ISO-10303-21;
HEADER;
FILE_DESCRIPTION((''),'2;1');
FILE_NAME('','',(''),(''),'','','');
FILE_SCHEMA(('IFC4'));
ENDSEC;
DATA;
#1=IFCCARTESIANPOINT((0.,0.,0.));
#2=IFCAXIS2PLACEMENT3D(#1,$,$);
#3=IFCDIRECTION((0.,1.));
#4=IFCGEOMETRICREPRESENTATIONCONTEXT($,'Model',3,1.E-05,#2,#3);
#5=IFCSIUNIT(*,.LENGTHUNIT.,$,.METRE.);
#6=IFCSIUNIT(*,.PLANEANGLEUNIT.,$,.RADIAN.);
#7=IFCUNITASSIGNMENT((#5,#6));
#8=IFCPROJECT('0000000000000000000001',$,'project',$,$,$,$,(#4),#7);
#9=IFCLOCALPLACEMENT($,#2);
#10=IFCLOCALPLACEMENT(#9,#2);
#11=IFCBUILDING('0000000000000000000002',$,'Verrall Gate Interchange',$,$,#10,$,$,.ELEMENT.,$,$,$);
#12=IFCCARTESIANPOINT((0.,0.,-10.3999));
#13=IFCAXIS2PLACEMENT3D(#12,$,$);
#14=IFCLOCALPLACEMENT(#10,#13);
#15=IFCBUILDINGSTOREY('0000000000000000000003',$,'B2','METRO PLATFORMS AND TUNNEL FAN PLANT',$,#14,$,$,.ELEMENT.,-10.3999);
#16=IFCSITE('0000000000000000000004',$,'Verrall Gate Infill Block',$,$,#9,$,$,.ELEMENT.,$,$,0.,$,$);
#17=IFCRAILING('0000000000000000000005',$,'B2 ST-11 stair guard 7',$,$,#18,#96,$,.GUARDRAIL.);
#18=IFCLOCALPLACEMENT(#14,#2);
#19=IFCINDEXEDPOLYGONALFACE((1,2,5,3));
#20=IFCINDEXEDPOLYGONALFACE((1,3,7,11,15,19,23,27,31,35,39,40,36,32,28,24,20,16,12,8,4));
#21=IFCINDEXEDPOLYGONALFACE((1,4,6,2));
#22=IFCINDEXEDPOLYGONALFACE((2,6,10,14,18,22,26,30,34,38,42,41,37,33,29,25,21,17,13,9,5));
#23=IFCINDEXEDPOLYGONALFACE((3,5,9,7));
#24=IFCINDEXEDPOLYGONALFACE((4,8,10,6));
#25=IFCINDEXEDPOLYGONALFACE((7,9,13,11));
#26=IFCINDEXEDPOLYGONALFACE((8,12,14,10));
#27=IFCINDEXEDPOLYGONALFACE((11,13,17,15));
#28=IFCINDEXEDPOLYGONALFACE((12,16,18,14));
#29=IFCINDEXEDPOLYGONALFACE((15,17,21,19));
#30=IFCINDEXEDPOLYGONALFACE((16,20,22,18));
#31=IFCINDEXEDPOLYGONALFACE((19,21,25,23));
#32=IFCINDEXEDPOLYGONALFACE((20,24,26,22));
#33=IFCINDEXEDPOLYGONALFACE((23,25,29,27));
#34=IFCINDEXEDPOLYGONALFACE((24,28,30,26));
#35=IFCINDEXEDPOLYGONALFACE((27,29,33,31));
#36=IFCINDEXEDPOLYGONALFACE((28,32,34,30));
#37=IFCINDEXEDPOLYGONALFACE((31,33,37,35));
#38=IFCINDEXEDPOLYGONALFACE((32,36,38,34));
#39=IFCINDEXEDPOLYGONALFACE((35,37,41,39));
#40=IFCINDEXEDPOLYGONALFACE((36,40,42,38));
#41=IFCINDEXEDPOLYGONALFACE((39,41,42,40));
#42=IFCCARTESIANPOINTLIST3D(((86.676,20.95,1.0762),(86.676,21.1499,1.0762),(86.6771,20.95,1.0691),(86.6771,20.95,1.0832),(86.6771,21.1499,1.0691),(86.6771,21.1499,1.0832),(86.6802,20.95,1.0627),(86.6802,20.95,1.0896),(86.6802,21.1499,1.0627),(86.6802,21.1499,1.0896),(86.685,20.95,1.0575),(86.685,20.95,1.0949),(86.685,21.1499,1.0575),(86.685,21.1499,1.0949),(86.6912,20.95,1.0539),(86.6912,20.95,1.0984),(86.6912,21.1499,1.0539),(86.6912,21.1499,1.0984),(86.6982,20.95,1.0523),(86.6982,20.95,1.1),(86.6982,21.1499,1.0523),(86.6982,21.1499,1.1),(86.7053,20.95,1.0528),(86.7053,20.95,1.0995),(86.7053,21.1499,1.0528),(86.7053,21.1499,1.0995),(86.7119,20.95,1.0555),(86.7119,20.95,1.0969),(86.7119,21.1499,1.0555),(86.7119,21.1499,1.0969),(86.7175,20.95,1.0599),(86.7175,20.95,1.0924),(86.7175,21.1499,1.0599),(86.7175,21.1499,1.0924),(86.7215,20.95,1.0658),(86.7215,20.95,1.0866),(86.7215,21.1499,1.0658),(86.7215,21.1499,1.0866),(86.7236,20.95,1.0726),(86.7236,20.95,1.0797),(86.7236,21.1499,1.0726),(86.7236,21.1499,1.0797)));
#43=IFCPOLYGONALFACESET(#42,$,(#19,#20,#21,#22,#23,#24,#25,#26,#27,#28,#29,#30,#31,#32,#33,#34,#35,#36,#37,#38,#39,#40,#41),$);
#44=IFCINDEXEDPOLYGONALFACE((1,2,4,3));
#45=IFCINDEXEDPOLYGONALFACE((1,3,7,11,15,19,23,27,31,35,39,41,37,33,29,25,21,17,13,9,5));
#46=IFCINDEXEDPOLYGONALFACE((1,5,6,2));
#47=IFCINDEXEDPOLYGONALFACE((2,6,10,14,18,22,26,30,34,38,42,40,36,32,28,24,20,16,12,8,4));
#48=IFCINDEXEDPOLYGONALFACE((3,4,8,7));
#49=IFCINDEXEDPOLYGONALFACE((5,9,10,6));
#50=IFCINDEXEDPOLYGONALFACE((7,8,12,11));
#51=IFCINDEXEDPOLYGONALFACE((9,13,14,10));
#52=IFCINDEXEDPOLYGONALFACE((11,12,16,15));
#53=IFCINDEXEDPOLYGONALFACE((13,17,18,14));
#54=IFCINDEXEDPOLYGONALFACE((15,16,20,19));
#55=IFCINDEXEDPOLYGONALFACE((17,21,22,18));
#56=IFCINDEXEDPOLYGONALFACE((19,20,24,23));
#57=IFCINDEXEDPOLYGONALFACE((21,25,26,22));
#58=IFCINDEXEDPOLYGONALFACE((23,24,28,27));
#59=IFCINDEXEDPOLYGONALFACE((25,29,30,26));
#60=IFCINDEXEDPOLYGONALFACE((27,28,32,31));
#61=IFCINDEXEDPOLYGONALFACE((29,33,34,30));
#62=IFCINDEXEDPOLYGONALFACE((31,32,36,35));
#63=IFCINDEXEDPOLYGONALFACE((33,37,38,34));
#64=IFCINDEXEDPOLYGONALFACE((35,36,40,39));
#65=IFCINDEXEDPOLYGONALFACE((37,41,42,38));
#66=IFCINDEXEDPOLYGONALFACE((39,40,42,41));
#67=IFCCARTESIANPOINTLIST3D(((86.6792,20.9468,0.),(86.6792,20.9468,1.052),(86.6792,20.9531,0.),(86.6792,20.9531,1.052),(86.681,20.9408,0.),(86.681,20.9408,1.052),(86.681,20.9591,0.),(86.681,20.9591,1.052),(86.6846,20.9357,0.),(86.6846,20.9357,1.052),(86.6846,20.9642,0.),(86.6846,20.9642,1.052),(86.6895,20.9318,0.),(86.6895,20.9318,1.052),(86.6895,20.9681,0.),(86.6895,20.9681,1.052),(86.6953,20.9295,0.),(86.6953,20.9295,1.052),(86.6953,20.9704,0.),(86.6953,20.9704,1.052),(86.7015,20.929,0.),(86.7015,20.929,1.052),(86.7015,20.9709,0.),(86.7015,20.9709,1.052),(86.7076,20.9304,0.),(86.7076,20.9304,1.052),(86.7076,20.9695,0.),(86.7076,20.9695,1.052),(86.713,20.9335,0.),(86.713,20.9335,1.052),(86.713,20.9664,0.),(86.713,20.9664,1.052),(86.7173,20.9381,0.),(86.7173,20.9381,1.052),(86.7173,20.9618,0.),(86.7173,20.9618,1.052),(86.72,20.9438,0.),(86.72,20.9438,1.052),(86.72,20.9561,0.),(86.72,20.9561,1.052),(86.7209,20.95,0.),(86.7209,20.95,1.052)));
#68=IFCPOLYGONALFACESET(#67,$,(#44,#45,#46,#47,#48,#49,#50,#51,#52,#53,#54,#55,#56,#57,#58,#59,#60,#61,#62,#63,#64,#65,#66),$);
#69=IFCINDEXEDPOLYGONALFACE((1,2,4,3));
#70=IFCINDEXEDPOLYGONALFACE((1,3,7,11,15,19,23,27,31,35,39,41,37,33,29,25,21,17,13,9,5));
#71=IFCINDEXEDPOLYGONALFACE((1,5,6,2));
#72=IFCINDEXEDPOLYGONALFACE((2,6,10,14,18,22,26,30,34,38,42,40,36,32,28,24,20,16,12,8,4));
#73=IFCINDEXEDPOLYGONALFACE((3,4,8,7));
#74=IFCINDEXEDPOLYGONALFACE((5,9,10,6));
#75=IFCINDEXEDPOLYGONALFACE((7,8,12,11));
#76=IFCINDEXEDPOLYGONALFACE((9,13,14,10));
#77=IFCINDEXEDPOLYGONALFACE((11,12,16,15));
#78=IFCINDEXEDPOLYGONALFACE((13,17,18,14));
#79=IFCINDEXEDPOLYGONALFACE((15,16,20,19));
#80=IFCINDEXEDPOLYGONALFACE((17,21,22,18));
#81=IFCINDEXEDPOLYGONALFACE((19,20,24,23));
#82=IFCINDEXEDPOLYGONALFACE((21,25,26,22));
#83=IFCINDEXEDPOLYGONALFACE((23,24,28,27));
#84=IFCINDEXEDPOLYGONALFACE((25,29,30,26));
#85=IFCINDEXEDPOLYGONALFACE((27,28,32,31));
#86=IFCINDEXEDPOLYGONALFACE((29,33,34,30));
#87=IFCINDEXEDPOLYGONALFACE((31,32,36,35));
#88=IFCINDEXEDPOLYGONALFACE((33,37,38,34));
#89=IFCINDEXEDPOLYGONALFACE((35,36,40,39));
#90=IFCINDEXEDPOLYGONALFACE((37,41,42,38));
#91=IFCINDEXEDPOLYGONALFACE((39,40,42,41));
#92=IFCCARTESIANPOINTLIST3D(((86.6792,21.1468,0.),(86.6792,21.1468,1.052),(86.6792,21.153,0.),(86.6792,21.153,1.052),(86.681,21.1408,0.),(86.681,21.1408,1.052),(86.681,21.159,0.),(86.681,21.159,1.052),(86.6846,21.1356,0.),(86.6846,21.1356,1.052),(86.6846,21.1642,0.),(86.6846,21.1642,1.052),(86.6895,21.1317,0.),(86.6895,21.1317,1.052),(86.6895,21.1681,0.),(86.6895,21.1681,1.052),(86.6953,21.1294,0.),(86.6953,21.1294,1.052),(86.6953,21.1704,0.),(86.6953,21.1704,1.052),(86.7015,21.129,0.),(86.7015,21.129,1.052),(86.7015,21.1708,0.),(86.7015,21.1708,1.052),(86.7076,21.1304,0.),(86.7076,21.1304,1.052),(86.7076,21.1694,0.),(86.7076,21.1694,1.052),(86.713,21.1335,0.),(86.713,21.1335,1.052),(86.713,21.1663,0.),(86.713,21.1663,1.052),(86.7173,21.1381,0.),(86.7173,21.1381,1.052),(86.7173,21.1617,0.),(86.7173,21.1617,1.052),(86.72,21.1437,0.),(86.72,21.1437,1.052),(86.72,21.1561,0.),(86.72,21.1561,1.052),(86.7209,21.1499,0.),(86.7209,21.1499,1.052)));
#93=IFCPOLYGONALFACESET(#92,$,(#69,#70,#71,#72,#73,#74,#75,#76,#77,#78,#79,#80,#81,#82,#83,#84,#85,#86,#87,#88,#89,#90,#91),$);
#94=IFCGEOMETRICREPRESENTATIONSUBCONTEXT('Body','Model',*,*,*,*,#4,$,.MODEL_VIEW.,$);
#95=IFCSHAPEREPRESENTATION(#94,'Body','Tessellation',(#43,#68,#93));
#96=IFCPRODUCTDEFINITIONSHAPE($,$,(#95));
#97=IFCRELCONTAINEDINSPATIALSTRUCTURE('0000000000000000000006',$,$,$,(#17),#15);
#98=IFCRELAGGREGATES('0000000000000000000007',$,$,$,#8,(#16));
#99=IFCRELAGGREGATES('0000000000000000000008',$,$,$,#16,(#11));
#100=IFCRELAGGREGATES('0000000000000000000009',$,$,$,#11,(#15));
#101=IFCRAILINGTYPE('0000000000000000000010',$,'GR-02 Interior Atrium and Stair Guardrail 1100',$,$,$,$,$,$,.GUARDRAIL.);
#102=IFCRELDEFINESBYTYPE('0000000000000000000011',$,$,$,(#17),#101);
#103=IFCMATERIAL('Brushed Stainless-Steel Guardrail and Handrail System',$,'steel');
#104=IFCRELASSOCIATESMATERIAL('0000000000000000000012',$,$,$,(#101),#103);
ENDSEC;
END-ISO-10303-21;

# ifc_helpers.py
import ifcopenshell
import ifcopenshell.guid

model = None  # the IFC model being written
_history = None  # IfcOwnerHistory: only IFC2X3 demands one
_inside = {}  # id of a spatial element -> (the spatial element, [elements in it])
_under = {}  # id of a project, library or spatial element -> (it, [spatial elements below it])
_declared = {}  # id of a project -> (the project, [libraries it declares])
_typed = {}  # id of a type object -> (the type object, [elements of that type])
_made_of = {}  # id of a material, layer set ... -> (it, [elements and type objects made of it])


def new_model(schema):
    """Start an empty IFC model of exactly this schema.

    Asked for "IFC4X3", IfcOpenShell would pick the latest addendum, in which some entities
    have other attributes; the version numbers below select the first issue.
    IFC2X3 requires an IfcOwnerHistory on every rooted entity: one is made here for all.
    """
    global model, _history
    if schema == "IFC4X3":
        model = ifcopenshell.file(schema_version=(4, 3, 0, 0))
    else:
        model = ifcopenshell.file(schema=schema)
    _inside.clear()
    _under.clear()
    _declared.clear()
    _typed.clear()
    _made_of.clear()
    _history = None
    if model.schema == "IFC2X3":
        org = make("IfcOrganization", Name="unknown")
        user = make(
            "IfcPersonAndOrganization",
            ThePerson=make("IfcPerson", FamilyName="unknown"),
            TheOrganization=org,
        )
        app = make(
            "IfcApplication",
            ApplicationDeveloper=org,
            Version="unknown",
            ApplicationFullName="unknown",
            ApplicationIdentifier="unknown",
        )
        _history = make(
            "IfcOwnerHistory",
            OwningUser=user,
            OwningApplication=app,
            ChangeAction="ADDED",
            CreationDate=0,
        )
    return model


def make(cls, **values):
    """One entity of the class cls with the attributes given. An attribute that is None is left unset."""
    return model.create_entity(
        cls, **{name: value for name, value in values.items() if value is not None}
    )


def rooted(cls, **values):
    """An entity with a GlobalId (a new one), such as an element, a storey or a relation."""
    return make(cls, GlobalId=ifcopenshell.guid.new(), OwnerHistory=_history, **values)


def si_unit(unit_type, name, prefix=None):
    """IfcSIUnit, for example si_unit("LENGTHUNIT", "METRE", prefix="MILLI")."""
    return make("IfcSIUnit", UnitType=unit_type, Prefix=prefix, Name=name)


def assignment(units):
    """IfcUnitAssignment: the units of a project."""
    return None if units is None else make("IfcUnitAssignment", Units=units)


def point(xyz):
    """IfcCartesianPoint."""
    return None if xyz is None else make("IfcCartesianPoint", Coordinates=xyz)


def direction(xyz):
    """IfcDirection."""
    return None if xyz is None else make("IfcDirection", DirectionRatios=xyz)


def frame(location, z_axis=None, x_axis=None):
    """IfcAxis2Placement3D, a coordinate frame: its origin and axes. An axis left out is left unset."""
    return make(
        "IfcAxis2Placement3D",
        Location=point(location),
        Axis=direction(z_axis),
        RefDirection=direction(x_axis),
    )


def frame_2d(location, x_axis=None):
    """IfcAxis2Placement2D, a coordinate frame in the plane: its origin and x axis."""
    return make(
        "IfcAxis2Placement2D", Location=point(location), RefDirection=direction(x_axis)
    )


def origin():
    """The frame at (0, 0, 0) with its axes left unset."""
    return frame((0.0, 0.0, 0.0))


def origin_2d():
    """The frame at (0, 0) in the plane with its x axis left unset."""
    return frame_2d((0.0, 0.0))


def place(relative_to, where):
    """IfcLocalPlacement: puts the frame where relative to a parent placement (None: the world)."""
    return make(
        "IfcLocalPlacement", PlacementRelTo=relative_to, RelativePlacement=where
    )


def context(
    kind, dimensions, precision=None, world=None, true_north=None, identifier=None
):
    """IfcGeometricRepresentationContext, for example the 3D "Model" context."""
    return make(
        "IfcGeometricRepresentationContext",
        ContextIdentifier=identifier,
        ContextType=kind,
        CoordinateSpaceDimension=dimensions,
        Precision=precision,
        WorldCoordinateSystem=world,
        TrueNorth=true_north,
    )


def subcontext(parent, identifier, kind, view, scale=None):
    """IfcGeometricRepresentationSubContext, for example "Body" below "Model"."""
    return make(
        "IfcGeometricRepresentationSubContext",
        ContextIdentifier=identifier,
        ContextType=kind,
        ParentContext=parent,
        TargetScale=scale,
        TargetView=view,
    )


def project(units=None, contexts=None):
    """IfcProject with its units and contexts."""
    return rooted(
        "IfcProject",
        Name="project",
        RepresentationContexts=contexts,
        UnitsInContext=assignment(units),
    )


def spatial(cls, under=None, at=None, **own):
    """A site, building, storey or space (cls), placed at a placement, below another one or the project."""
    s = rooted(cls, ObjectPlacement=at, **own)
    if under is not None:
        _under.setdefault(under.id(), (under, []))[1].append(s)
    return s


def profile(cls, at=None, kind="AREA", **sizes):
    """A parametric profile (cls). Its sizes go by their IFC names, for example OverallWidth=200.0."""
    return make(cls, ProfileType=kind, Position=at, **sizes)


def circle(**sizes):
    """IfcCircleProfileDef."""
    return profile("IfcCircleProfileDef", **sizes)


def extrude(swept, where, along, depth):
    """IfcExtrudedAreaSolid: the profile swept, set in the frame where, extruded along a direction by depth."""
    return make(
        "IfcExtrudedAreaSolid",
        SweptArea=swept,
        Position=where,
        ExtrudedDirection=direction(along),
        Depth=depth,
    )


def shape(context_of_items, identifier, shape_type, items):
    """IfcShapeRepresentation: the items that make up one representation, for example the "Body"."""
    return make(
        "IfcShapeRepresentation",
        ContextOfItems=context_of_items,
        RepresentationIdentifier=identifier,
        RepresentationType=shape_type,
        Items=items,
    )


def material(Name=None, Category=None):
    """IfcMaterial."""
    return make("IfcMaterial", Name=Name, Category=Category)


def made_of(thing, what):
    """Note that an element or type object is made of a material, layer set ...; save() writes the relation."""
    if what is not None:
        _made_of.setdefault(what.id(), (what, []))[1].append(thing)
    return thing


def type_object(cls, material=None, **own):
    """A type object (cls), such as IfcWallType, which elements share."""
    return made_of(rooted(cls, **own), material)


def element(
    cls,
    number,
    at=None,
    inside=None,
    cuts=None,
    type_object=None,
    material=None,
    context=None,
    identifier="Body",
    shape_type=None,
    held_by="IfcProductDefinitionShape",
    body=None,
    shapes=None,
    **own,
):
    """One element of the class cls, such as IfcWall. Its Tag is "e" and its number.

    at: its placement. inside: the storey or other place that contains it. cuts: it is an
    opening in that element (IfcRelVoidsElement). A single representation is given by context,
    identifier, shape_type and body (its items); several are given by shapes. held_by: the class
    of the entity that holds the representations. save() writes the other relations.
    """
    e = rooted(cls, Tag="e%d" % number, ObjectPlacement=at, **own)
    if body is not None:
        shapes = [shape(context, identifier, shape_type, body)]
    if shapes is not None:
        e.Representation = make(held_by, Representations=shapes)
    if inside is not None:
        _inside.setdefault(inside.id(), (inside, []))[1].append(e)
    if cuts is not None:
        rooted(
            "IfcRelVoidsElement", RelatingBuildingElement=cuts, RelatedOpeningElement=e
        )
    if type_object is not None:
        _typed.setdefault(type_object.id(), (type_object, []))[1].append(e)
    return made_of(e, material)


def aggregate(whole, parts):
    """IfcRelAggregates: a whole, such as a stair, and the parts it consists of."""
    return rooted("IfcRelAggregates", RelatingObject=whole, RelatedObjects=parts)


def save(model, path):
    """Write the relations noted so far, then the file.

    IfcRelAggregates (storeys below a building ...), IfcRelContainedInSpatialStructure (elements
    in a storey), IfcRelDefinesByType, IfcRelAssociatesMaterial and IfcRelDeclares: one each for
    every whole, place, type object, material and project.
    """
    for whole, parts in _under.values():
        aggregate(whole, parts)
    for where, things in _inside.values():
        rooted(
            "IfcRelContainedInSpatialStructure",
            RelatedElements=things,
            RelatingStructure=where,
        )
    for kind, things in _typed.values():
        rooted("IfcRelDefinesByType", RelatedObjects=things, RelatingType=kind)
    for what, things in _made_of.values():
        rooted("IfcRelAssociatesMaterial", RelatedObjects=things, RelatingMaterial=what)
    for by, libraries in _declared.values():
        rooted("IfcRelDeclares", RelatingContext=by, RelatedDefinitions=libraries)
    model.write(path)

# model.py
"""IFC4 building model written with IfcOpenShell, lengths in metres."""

from ifc_helpers import new_model, si_unit, direction, frame, origin, origin_2d, place, context, subcontext, project, spatial, circle, extrude, material, type_object, element, save


model = new_model("IFC4")

# Units and contexts
model_context = context("Model", 3, precision=1e-05, world=origin(), true_north=direction((0.0, 1.0)))
body_context = subcontext(model_context, "Body", "Model", "MODEL_VIEW")
ifc_project = project(units=[si_unit("LENGTHUNIT", "METRE"), si_unit("PLANEANGLEUNIT", "RADIAN")], contexts=[model_context])

# Site, building, storey
site_placement = place(None, origin())
site = spatial("IfcSite", under=ifc_project, at=site_placement, Name="Verrall Gate Infill Block", CompositionType="ELEMENT", RefElevation=0.0)
building_placement = place(site_placement, origin())
building = spatial("IfcBuilding", under=site, at=building_placement, Name="Verrall Gate Interchange", CompositionType="ELEMENT")
storey_placement = place(building_placement, frame((0.0, 0.0, -10.3999)))
storey = spatial("IfcBuildingStorey", under=building, at=storey_placement, Name="B2", Description="METRO PLATFORMS AND TUNNEL FAN PLANT", CompositionType="ELEMENT", Elevation=-10.3999)

# Railing
ifc_material_1 = material(Name="Brushed Stainless-Steel Guardrail and Handrail System", Category="steel")
railing_type_1 = type_object("IfcRailingType", Name="GR-02 Interior Atrium and Stair Guardrail 1100", PredefinedType="GUARDRAIL", material=ifc_material_1)
railing_1_placement = place(storey_placement, frame((86.7, 20.95, 0.0)))
element("IfcRailing", 1, at=railing_1_placement, inside=storey, type_object=railing_type_1, Name="B2 ST-11 stair guard 7", PredefinedType="GUARDRAIL", context=body_context, shape_type="SweptSolid", body=[
    extrude(circle(Radius=0.0239, at=origin_2d()), frame((0.0, 0.0, 1.0762), z_axis=(0.0, 1.0, 0.0), x_axis=(-1.0, 0.0, 0.0)), (0.0, 0.0, 1.0), 0.2),
    extrude(circle(Radius=0.021, at=origin_2d()), origin(), (0.0, 0.0, 1.0), 1.052),
    extrude(circle(Radius=0.021, at=origin_2d()), frame((0.0, 0.2, 0.0)), (0.0, 0.0, 1.0), 1.052),
])

save(model, "model.ifc")
